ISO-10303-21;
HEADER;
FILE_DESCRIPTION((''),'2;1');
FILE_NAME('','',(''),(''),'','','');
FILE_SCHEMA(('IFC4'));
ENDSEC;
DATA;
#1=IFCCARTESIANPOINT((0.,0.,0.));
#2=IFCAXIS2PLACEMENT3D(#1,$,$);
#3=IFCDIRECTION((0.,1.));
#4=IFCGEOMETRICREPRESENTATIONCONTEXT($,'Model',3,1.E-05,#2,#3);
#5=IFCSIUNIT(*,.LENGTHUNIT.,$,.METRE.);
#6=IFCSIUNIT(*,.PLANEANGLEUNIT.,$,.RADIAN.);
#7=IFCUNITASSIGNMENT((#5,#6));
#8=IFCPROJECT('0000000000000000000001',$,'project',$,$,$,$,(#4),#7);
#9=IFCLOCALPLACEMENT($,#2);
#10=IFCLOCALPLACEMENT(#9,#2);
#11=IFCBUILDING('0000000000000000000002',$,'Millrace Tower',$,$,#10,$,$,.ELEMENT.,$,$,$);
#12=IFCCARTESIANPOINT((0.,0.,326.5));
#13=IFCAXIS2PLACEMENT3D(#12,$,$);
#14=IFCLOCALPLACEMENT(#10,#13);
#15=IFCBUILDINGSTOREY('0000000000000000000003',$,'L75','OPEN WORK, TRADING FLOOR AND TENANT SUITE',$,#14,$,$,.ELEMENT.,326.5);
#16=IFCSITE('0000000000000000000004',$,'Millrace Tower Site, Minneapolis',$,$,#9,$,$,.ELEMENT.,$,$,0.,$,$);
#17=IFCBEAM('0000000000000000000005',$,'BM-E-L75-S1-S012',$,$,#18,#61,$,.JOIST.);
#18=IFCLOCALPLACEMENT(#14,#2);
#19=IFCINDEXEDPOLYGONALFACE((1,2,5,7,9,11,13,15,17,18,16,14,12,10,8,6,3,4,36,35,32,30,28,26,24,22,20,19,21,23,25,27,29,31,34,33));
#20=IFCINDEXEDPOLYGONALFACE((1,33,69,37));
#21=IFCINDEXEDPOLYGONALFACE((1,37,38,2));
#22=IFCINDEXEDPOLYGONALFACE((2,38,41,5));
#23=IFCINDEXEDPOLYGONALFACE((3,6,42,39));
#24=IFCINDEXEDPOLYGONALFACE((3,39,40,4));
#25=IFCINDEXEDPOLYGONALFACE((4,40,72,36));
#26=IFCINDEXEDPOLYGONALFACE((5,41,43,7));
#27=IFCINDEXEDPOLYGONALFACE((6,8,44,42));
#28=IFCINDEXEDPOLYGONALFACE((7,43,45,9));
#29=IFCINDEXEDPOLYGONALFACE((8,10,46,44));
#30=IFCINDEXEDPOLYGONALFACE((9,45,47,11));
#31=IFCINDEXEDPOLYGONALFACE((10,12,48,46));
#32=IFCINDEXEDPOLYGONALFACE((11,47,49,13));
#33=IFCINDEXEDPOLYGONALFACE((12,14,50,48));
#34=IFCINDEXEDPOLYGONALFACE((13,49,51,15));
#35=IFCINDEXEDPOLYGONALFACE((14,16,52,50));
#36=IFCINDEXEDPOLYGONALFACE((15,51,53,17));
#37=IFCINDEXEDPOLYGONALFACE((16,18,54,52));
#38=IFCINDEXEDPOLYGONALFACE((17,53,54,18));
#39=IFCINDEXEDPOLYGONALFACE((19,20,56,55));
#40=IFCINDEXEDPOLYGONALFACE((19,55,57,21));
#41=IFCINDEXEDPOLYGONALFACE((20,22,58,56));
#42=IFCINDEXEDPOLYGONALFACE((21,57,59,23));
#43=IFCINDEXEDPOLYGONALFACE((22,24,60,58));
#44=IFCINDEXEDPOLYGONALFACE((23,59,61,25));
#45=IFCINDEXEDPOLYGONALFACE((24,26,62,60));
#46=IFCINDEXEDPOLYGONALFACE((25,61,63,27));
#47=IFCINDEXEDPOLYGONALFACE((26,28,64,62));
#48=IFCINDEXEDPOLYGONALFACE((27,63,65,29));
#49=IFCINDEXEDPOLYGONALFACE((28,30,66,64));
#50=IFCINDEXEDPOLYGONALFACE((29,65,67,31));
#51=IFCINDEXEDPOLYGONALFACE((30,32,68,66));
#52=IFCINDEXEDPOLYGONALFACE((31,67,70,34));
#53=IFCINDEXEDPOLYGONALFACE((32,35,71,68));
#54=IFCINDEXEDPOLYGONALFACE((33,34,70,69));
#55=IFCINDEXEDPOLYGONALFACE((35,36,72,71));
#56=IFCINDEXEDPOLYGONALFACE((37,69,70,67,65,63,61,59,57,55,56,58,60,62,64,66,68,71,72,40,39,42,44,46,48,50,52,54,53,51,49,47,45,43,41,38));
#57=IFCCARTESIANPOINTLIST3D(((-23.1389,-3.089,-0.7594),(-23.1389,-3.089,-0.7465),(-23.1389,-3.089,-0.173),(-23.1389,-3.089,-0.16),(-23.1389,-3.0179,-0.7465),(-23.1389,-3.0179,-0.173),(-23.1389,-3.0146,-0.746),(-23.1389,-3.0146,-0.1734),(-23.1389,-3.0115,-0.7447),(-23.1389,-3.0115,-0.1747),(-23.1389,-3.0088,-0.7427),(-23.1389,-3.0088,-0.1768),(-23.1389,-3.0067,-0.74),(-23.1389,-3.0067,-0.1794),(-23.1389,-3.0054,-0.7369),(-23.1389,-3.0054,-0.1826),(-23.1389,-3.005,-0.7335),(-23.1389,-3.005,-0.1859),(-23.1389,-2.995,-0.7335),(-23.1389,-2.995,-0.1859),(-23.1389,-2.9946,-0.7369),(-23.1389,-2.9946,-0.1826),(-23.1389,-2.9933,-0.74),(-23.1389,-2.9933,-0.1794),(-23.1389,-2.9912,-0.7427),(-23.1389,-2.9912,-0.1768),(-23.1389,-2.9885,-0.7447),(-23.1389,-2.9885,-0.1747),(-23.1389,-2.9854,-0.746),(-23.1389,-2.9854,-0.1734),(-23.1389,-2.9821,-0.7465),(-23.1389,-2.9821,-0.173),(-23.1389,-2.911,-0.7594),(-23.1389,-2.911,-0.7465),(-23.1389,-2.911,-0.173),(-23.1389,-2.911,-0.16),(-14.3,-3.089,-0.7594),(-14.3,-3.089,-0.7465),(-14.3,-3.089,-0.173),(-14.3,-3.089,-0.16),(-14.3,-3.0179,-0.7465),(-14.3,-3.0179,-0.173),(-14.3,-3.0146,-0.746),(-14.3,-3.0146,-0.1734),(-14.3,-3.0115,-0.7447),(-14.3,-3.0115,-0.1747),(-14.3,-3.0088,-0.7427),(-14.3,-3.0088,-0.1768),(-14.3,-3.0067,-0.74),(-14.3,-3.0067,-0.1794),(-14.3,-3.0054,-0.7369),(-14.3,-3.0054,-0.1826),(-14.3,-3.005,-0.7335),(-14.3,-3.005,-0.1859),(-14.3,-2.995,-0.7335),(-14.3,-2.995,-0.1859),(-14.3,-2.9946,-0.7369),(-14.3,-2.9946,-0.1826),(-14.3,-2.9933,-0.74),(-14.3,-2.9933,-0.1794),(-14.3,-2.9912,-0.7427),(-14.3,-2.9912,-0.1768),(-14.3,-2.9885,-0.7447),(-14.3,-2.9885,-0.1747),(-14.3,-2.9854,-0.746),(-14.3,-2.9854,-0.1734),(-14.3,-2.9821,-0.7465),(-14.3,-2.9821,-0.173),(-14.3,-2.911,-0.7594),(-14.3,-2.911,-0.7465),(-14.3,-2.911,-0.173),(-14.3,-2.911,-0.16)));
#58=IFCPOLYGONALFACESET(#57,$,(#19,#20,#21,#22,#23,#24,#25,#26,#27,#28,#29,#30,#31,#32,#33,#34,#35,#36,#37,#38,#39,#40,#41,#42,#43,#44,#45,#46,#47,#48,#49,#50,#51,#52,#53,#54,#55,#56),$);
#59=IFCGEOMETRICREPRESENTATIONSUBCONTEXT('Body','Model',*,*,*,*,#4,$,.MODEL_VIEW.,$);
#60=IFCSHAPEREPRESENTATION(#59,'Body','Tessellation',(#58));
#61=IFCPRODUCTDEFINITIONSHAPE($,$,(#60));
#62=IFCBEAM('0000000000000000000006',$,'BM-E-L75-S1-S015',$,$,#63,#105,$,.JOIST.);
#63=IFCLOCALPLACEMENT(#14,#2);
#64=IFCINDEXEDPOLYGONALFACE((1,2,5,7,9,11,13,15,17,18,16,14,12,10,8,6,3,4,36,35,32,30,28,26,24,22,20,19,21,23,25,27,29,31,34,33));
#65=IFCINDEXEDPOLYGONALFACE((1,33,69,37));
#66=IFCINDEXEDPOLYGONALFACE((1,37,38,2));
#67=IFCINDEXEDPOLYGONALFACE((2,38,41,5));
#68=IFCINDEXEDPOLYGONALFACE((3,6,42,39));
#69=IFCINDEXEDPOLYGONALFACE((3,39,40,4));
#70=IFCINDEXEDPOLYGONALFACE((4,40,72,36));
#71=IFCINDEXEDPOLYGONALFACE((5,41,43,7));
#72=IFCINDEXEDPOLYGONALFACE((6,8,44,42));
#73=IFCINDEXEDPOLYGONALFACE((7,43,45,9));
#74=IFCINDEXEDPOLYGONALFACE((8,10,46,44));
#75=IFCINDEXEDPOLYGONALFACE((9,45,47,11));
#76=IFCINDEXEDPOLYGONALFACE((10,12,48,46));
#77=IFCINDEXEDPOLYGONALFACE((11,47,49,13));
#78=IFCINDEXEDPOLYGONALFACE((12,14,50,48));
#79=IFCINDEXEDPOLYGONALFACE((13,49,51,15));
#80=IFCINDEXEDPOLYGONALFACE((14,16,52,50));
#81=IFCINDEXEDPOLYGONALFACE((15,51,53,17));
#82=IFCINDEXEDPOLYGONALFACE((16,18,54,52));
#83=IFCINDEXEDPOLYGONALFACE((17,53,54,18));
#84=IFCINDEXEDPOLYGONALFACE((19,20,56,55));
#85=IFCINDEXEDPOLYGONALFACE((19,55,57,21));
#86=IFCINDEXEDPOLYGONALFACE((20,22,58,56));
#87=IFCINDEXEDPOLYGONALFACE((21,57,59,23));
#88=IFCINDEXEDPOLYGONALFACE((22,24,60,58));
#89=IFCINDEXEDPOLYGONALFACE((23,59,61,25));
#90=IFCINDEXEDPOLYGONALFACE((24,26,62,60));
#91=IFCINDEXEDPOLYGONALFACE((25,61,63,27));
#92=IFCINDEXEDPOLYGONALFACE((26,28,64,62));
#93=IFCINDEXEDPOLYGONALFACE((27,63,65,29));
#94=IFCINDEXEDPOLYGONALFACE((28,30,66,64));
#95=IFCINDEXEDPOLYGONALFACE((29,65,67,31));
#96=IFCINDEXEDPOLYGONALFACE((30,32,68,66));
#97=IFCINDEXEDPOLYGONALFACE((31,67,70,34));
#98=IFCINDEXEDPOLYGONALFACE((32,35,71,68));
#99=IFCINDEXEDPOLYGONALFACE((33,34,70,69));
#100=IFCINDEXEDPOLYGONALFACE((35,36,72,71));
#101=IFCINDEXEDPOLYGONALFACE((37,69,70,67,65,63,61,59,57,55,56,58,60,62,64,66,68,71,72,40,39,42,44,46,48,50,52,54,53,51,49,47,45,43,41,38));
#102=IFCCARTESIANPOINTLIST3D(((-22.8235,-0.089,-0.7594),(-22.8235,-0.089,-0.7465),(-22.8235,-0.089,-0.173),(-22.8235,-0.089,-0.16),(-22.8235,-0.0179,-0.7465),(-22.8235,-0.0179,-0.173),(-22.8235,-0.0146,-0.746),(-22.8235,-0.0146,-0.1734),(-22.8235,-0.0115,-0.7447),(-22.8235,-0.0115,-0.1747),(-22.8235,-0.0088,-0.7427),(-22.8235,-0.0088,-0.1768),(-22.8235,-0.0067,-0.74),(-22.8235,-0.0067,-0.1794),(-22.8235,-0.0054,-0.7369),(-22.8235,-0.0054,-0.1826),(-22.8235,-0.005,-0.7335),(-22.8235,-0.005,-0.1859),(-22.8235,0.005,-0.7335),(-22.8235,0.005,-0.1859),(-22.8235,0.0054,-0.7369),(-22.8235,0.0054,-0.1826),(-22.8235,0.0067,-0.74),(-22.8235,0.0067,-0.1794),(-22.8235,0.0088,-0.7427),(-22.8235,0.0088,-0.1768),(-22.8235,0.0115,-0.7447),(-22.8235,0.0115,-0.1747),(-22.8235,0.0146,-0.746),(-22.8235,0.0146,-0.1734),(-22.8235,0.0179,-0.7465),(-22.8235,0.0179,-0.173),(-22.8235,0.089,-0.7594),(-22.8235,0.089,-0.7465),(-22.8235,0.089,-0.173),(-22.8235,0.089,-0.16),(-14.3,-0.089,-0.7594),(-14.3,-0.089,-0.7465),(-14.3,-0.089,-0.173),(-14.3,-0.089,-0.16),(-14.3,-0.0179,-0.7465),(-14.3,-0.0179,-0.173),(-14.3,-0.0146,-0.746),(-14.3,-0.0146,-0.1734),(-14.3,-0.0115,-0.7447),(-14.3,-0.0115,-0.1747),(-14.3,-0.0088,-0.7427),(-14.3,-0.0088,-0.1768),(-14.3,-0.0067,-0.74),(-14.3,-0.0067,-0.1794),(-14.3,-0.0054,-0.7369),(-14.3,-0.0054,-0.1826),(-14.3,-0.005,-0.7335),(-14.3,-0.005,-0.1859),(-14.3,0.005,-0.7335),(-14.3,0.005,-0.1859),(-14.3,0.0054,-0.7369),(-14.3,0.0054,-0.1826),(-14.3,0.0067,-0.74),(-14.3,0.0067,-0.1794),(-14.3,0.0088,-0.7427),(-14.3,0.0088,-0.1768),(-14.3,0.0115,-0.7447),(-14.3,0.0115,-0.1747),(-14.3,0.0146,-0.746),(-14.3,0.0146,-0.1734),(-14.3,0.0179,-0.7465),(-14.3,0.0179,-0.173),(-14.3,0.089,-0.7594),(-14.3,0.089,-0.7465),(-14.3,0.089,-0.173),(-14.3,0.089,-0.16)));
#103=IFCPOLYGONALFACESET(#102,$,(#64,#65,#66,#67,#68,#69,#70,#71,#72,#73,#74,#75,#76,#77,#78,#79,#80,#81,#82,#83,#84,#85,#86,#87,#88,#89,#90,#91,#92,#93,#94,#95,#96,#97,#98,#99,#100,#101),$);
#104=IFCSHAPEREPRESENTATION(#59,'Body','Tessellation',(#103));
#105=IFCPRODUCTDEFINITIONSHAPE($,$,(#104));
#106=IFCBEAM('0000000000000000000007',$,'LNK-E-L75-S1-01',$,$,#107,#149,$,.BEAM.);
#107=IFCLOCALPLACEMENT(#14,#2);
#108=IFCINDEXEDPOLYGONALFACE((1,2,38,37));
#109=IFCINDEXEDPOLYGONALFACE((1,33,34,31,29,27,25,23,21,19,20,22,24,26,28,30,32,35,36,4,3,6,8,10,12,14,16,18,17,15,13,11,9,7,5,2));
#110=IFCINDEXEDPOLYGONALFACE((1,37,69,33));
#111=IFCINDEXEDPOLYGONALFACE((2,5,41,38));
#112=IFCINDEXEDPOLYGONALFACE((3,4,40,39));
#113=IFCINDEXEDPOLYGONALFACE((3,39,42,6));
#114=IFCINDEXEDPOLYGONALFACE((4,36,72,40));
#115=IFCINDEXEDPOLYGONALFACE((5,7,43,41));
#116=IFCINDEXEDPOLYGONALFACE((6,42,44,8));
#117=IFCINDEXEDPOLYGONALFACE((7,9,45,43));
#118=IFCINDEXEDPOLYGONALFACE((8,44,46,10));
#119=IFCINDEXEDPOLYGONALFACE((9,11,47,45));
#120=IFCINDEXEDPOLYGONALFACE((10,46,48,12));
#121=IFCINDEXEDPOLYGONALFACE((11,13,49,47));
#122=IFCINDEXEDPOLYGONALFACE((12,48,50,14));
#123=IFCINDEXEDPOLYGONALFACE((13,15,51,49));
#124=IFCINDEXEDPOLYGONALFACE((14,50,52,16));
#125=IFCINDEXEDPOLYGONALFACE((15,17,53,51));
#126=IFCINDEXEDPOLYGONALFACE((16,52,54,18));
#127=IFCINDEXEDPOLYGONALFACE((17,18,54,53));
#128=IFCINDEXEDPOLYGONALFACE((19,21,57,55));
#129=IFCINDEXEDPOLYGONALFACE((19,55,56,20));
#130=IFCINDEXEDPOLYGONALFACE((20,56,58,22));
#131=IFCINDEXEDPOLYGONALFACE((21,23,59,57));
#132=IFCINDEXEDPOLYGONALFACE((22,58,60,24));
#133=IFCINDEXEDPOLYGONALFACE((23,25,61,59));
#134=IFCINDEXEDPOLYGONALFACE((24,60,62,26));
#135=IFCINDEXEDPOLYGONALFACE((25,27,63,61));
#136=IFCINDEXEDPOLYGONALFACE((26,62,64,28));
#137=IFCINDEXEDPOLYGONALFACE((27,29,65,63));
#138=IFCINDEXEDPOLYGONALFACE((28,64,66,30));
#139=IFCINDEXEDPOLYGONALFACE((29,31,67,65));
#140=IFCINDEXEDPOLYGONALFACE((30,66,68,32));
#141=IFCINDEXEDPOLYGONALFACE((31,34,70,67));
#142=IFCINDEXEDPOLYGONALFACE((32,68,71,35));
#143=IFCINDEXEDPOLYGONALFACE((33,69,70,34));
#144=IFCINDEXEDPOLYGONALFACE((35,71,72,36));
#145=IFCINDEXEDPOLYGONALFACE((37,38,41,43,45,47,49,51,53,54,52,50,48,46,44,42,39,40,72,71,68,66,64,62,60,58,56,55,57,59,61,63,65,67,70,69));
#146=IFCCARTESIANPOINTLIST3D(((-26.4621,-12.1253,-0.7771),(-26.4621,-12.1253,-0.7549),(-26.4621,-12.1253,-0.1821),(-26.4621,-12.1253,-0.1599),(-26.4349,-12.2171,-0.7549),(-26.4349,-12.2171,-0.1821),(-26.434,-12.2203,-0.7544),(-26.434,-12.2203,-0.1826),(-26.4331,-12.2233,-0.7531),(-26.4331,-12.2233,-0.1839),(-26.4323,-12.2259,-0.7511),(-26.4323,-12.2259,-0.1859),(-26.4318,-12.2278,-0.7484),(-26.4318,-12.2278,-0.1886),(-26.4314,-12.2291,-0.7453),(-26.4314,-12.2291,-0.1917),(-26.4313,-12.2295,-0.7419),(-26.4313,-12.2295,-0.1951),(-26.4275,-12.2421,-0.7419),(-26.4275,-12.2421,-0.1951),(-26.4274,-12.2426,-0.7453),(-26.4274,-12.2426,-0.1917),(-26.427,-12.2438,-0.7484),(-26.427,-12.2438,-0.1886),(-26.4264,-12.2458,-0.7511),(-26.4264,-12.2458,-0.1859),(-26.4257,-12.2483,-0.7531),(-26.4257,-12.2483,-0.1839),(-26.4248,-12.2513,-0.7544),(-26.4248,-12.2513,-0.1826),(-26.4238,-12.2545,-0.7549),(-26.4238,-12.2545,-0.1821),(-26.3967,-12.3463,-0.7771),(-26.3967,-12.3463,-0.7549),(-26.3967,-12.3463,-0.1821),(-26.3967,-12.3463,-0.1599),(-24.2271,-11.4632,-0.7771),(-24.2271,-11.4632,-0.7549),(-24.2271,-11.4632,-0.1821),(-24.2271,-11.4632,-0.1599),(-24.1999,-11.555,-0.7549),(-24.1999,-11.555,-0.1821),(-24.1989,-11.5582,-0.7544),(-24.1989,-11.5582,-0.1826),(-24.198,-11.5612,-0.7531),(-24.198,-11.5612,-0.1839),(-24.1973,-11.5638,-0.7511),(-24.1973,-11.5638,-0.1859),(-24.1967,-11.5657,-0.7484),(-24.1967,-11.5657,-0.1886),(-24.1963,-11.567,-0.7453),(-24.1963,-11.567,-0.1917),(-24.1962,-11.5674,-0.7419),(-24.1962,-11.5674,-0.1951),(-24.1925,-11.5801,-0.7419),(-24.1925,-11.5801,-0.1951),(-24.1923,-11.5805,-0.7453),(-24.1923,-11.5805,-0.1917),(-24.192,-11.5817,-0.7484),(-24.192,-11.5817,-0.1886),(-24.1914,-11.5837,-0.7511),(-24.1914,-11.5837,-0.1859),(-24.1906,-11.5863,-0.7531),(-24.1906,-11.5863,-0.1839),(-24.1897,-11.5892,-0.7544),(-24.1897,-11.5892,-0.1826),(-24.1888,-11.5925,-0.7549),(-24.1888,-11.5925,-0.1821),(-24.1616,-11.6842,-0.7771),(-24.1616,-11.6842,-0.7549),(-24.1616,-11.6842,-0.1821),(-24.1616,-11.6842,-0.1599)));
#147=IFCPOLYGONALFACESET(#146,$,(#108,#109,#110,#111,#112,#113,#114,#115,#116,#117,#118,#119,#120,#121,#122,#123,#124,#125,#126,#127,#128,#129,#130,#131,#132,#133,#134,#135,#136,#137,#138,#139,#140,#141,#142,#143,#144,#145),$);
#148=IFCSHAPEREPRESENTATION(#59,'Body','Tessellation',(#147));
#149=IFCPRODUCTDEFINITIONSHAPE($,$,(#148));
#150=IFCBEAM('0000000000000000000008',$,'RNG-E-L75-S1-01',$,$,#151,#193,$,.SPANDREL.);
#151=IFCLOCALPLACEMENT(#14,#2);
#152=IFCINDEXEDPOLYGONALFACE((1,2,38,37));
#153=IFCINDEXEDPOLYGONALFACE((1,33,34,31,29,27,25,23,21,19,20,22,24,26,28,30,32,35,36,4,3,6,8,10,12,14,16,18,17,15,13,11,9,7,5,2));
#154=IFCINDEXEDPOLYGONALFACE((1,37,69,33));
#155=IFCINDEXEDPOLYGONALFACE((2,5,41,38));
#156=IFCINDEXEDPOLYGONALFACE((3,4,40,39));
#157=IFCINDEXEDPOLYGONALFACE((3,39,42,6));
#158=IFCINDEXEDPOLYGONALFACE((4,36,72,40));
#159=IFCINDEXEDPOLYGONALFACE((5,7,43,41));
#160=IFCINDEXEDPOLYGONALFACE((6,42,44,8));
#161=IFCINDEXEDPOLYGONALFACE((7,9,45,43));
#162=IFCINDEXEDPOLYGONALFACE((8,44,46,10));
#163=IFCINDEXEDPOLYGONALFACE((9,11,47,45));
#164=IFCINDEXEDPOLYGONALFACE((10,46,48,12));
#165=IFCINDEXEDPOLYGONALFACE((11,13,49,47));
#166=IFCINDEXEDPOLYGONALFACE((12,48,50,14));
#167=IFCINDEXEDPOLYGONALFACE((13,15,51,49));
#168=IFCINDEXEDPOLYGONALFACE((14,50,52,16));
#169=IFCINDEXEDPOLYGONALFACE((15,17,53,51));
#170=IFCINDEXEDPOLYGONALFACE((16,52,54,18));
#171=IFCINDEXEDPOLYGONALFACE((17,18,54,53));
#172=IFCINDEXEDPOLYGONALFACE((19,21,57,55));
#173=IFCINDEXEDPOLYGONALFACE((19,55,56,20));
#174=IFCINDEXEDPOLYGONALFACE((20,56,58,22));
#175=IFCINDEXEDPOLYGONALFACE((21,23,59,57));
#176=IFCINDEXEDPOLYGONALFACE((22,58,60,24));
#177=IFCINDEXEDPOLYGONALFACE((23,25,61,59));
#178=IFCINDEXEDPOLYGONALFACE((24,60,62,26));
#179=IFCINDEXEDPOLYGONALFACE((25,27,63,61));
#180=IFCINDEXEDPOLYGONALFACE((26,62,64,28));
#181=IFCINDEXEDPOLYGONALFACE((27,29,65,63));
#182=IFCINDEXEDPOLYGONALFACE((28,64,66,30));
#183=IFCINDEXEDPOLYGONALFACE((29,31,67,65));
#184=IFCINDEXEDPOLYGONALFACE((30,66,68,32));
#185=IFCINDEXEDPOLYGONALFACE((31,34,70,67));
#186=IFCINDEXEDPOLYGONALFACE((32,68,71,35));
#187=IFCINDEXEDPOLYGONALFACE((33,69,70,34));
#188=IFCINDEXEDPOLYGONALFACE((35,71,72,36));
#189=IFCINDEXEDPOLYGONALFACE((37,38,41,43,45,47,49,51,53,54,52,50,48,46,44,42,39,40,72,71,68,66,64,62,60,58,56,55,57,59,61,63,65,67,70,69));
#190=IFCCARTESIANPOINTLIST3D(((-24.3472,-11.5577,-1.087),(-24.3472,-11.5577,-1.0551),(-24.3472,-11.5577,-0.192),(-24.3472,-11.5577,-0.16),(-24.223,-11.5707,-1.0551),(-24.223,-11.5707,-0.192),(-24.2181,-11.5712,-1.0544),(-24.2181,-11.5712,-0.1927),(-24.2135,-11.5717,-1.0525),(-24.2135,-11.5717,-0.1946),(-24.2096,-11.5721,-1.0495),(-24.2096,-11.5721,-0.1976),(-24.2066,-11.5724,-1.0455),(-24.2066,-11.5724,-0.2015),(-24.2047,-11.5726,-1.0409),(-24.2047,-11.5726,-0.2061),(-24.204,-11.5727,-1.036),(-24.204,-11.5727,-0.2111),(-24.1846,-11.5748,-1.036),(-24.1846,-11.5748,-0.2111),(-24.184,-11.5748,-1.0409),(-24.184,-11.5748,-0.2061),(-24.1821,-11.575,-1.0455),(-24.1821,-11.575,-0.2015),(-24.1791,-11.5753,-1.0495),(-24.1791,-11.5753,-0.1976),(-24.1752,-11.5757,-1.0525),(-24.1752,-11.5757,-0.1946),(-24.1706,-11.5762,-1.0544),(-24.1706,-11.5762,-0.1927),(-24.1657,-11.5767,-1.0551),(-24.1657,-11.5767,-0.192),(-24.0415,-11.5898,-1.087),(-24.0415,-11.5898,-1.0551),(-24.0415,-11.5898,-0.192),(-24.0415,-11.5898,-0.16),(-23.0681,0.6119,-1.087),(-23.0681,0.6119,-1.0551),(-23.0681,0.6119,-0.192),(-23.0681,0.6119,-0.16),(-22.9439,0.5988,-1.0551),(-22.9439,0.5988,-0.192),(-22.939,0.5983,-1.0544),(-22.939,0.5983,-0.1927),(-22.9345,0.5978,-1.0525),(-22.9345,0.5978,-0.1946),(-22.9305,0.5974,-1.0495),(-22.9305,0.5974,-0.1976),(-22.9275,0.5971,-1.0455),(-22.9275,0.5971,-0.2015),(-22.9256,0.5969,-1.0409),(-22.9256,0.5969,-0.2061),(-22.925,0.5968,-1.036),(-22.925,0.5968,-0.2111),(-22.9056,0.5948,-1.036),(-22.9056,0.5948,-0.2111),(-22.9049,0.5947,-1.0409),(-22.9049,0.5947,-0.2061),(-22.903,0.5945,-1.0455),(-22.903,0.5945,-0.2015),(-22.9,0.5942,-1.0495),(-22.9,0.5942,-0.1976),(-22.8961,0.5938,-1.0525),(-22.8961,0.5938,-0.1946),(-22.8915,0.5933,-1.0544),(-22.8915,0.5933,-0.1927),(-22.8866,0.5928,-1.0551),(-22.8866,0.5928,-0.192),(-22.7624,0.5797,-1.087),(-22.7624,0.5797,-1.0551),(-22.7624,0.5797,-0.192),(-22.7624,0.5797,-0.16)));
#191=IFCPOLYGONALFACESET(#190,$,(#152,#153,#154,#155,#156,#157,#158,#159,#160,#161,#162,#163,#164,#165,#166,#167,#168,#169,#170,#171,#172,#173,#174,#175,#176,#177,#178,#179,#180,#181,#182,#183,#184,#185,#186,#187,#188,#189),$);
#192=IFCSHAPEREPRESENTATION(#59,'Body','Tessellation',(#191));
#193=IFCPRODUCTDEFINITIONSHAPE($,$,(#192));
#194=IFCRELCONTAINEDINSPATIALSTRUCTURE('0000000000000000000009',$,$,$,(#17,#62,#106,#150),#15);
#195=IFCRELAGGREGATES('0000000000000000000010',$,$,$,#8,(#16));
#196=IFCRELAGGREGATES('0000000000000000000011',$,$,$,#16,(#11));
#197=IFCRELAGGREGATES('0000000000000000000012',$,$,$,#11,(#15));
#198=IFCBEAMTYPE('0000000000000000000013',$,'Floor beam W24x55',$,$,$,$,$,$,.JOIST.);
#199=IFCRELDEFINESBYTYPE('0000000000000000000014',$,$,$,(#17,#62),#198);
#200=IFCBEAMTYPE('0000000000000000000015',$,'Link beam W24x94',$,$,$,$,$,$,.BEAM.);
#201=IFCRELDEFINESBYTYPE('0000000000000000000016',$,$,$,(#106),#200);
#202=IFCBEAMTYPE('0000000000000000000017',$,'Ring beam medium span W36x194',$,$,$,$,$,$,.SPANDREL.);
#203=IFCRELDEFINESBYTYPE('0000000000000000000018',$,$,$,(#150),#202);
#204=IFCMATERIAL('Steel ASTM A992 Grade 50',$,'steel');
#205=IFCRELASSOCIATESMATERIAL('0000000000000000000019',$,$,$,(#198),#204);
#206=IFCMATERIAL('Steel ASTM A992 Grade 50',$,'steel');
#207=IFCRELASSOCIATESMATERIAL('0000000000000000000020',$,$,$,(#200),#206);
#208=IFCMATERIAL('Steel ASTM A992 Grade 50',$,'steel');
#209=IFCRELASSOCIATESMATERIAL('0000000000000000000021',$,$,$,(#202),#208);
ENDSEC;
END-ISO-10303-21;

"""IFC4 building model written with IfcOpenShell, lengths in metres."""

from ifc_helpers import new_model, si_unit, direction, frame, origin, origin_2d, place, context, subcontext, project, spatial, i_section, extrude, material, material_profile, profile_set, type_object, element, save


model = new_model("IFC4")

# Units and contexts
model_context = context("Model", 3, precision=1e-05, world=origin(), true_north=direction((0.0, 1.0)))
body_context = subcontext(model_context, "Body", "Model", "MODEL_VIEW")
ifc_project = project(units=[si_unit("LENGTHUNIT", "METRE"), si_unit("PLANEANGLEUNIT", "RADIAN")], contexts=[model_context])

# Site, building, storey
site_placement = place(None, origin())
site = spatial("IfcSite", under=ifc_project, at=site_placement, Name="Millrace Tower Site, Minneapolis", CompositionType="ELEMENT", RefElevation=0.0)
building_placement = place(site_placement, origin())
building = spatial("IfcBuilding", under=site, at=building_placement, Name="Millrace Tower", CompositionType="ELEMENT")
storey_placement = place(building_placement, frame((0.0, 0.0, 326.5)))
storey = spatial("IfcBuildingStorey", under=building, at=storey_placement, Name="L75", Description="OPEN WORK, TRADING FLOOR AND TENANT SUITE", CompositionType="ELEMENT", Elevation=326.5)

# Beams
ifc_material_1 = material(Name="Steel ASTM A992 Grade 50", Category="steel")
ifc_material_profile_1 = material_profile(ifc_material_1, i_section(OverallWidth=0.178, OverallDepth=0.5994, WebThickness=0.01, FlangeThickness=0.0129, FilletRadius=0.0129, at=origin_2d()))
ifc_profile_set_1 = profile_set([ifc_material_profile_1], Name="Steel ASTM A992 Grade 50")
beam_type_1 = type_object("IfcBeamType", Name="Floor beam W24x55", PredefinedType="JOIST", material=ifc_profile_set_1)
beam_1_placement = place(storey_placement, frame((-23.1389, -3.0, -0.4597), z_axis=(1.0, 0.0, 0.0), x_axis=(0.0, 1.0, 0.0)))
element("IfcBeam", 1, at=beam_1_placement, inside=storey, type_object=beam_type_1, Name="BM-E-L75-S1-S012", PredefinedType="JOIST", context=body_context, shape_type="SweptSolid", body=[
    extrude(i_section(OverallWidth=0.178, OverallDepth=0.5994, WebThickness=0.01, FlangeThickness=0.0129, FilletRadius=0.0129, at=origin_2d()), origin(), (0.0, 0.0, 1.0), 8.8389),
])
beam_2_placement = place(storey_placement, frame((-22.8235, 0.0, -0.4597), z_axis=(1.0, 0.0, 0.0), x_axis=(0.0, 1.0, 0.0)))
element("IfcBeam", 2, at=beam_2_placement, inside=storey, type_object=beam_type_1, Name="BM-E-L75-S1-S015", PredefinedType="JOIST", context=body_context, shape_type="SweptSolid", body=[
    extrude(i_section(OverallWidth=0.178, OverallDepth=0.5994, WebThickness=0.01, FlangeThickness=0.0129, FilletRadius=0.0129, at=origin_2d()), origin(), (0.0, 0.0, 1.0), 8.5234),
])
ifc_material_2 = material(Name="Steel ASTM A992 Grade 50", Category="steel")
ifc_material_profile_2 = material_profile(ifc_material_2, i_section(OverallWidth=0.2305, OverallDepth=0.6172, WebThickness=0.0132, FlangeThickness=0.0222, FilletRadius=0.0129, at=origin_2d()))
ifc_profile_set_2 = profile_set([ifc_material_profile_2], Name="Steel ASTM A992 Grade 50")
beam_type_2 = type_object("IfcBeamType", Name="Link beam W24x94", PredefinedType="BEAM", material=ifc_profile_set_2)
beam_3_placement = place(storey_placement, frame((-24.1943, -11.5737, -0.4685), z_axis=(-0.958815, -0.284031, 0.0), x_axis=(0.284031, -0.958815, 0.0)))
element("IfcBeam", 3, at=beam_3_placement, inside=storey, type_object=beam_type_2, Name="LNK-E-L75-S1-01", PredefinedType="BEAM", context=body_context, shape_type="SweptSolid", body=[
    extrude(i_section(OverallWidth=0.2305, OverallDepth=0.6172, WebThickness=0.0132, FlangeThickness=0.0222, FilletRadius=0.0129, at=origin_2d()), origin(), (0.0, 0.0, 1.0), 2.3311),
])
ifc_material_3 = material(Name="Steel ASTM A992 Grade 50", Category="steel")
ifc_material_profile_3 = material_profile(ifc_material_3, i_section(OverallWidth=0.3074, OverallDepth=0.927, WebThickness=0.0195, FlangeThickness=0.032, FilletRadius=0.019, at=origin_2d()))
ifc_profile_set_3 = profile_set([ifc_material_profile_3], Name="Steel ASTM A992 Grade 50")
beam_type_3 = type_object("IfcBeamType", Name="Ring beam medium span W36x194", PredefinedType="SPANDREL", material=ifc_profile_set_3)
beam_4_placement = place(storey_placement, frame((-24.1943, -11.5737, -0.6235), z_axis=(0.104528, 0.994522, 0.0), x_axis=(-0.994522, 0.104528, 0.0)))
element("IfcBeam", 4, at=beam_4_placement, inside=storey, type_object=beam_type_3, Name="RNG-E-L75-S1-01", PredefinedType="SPANDREL", context=body_context, shape_type="SweptSolid", body=[
    extrude(i_section(OverallWidth=0.3074, OverallDepth=0.927, WebThickness=0.0195, FlangeThickness=0.032, FilletRadius=0.019, at=origin_2d()), origin(), (0.0, 0.0, 1.0), 12.2366),
])

save(model, "model.ifc")
